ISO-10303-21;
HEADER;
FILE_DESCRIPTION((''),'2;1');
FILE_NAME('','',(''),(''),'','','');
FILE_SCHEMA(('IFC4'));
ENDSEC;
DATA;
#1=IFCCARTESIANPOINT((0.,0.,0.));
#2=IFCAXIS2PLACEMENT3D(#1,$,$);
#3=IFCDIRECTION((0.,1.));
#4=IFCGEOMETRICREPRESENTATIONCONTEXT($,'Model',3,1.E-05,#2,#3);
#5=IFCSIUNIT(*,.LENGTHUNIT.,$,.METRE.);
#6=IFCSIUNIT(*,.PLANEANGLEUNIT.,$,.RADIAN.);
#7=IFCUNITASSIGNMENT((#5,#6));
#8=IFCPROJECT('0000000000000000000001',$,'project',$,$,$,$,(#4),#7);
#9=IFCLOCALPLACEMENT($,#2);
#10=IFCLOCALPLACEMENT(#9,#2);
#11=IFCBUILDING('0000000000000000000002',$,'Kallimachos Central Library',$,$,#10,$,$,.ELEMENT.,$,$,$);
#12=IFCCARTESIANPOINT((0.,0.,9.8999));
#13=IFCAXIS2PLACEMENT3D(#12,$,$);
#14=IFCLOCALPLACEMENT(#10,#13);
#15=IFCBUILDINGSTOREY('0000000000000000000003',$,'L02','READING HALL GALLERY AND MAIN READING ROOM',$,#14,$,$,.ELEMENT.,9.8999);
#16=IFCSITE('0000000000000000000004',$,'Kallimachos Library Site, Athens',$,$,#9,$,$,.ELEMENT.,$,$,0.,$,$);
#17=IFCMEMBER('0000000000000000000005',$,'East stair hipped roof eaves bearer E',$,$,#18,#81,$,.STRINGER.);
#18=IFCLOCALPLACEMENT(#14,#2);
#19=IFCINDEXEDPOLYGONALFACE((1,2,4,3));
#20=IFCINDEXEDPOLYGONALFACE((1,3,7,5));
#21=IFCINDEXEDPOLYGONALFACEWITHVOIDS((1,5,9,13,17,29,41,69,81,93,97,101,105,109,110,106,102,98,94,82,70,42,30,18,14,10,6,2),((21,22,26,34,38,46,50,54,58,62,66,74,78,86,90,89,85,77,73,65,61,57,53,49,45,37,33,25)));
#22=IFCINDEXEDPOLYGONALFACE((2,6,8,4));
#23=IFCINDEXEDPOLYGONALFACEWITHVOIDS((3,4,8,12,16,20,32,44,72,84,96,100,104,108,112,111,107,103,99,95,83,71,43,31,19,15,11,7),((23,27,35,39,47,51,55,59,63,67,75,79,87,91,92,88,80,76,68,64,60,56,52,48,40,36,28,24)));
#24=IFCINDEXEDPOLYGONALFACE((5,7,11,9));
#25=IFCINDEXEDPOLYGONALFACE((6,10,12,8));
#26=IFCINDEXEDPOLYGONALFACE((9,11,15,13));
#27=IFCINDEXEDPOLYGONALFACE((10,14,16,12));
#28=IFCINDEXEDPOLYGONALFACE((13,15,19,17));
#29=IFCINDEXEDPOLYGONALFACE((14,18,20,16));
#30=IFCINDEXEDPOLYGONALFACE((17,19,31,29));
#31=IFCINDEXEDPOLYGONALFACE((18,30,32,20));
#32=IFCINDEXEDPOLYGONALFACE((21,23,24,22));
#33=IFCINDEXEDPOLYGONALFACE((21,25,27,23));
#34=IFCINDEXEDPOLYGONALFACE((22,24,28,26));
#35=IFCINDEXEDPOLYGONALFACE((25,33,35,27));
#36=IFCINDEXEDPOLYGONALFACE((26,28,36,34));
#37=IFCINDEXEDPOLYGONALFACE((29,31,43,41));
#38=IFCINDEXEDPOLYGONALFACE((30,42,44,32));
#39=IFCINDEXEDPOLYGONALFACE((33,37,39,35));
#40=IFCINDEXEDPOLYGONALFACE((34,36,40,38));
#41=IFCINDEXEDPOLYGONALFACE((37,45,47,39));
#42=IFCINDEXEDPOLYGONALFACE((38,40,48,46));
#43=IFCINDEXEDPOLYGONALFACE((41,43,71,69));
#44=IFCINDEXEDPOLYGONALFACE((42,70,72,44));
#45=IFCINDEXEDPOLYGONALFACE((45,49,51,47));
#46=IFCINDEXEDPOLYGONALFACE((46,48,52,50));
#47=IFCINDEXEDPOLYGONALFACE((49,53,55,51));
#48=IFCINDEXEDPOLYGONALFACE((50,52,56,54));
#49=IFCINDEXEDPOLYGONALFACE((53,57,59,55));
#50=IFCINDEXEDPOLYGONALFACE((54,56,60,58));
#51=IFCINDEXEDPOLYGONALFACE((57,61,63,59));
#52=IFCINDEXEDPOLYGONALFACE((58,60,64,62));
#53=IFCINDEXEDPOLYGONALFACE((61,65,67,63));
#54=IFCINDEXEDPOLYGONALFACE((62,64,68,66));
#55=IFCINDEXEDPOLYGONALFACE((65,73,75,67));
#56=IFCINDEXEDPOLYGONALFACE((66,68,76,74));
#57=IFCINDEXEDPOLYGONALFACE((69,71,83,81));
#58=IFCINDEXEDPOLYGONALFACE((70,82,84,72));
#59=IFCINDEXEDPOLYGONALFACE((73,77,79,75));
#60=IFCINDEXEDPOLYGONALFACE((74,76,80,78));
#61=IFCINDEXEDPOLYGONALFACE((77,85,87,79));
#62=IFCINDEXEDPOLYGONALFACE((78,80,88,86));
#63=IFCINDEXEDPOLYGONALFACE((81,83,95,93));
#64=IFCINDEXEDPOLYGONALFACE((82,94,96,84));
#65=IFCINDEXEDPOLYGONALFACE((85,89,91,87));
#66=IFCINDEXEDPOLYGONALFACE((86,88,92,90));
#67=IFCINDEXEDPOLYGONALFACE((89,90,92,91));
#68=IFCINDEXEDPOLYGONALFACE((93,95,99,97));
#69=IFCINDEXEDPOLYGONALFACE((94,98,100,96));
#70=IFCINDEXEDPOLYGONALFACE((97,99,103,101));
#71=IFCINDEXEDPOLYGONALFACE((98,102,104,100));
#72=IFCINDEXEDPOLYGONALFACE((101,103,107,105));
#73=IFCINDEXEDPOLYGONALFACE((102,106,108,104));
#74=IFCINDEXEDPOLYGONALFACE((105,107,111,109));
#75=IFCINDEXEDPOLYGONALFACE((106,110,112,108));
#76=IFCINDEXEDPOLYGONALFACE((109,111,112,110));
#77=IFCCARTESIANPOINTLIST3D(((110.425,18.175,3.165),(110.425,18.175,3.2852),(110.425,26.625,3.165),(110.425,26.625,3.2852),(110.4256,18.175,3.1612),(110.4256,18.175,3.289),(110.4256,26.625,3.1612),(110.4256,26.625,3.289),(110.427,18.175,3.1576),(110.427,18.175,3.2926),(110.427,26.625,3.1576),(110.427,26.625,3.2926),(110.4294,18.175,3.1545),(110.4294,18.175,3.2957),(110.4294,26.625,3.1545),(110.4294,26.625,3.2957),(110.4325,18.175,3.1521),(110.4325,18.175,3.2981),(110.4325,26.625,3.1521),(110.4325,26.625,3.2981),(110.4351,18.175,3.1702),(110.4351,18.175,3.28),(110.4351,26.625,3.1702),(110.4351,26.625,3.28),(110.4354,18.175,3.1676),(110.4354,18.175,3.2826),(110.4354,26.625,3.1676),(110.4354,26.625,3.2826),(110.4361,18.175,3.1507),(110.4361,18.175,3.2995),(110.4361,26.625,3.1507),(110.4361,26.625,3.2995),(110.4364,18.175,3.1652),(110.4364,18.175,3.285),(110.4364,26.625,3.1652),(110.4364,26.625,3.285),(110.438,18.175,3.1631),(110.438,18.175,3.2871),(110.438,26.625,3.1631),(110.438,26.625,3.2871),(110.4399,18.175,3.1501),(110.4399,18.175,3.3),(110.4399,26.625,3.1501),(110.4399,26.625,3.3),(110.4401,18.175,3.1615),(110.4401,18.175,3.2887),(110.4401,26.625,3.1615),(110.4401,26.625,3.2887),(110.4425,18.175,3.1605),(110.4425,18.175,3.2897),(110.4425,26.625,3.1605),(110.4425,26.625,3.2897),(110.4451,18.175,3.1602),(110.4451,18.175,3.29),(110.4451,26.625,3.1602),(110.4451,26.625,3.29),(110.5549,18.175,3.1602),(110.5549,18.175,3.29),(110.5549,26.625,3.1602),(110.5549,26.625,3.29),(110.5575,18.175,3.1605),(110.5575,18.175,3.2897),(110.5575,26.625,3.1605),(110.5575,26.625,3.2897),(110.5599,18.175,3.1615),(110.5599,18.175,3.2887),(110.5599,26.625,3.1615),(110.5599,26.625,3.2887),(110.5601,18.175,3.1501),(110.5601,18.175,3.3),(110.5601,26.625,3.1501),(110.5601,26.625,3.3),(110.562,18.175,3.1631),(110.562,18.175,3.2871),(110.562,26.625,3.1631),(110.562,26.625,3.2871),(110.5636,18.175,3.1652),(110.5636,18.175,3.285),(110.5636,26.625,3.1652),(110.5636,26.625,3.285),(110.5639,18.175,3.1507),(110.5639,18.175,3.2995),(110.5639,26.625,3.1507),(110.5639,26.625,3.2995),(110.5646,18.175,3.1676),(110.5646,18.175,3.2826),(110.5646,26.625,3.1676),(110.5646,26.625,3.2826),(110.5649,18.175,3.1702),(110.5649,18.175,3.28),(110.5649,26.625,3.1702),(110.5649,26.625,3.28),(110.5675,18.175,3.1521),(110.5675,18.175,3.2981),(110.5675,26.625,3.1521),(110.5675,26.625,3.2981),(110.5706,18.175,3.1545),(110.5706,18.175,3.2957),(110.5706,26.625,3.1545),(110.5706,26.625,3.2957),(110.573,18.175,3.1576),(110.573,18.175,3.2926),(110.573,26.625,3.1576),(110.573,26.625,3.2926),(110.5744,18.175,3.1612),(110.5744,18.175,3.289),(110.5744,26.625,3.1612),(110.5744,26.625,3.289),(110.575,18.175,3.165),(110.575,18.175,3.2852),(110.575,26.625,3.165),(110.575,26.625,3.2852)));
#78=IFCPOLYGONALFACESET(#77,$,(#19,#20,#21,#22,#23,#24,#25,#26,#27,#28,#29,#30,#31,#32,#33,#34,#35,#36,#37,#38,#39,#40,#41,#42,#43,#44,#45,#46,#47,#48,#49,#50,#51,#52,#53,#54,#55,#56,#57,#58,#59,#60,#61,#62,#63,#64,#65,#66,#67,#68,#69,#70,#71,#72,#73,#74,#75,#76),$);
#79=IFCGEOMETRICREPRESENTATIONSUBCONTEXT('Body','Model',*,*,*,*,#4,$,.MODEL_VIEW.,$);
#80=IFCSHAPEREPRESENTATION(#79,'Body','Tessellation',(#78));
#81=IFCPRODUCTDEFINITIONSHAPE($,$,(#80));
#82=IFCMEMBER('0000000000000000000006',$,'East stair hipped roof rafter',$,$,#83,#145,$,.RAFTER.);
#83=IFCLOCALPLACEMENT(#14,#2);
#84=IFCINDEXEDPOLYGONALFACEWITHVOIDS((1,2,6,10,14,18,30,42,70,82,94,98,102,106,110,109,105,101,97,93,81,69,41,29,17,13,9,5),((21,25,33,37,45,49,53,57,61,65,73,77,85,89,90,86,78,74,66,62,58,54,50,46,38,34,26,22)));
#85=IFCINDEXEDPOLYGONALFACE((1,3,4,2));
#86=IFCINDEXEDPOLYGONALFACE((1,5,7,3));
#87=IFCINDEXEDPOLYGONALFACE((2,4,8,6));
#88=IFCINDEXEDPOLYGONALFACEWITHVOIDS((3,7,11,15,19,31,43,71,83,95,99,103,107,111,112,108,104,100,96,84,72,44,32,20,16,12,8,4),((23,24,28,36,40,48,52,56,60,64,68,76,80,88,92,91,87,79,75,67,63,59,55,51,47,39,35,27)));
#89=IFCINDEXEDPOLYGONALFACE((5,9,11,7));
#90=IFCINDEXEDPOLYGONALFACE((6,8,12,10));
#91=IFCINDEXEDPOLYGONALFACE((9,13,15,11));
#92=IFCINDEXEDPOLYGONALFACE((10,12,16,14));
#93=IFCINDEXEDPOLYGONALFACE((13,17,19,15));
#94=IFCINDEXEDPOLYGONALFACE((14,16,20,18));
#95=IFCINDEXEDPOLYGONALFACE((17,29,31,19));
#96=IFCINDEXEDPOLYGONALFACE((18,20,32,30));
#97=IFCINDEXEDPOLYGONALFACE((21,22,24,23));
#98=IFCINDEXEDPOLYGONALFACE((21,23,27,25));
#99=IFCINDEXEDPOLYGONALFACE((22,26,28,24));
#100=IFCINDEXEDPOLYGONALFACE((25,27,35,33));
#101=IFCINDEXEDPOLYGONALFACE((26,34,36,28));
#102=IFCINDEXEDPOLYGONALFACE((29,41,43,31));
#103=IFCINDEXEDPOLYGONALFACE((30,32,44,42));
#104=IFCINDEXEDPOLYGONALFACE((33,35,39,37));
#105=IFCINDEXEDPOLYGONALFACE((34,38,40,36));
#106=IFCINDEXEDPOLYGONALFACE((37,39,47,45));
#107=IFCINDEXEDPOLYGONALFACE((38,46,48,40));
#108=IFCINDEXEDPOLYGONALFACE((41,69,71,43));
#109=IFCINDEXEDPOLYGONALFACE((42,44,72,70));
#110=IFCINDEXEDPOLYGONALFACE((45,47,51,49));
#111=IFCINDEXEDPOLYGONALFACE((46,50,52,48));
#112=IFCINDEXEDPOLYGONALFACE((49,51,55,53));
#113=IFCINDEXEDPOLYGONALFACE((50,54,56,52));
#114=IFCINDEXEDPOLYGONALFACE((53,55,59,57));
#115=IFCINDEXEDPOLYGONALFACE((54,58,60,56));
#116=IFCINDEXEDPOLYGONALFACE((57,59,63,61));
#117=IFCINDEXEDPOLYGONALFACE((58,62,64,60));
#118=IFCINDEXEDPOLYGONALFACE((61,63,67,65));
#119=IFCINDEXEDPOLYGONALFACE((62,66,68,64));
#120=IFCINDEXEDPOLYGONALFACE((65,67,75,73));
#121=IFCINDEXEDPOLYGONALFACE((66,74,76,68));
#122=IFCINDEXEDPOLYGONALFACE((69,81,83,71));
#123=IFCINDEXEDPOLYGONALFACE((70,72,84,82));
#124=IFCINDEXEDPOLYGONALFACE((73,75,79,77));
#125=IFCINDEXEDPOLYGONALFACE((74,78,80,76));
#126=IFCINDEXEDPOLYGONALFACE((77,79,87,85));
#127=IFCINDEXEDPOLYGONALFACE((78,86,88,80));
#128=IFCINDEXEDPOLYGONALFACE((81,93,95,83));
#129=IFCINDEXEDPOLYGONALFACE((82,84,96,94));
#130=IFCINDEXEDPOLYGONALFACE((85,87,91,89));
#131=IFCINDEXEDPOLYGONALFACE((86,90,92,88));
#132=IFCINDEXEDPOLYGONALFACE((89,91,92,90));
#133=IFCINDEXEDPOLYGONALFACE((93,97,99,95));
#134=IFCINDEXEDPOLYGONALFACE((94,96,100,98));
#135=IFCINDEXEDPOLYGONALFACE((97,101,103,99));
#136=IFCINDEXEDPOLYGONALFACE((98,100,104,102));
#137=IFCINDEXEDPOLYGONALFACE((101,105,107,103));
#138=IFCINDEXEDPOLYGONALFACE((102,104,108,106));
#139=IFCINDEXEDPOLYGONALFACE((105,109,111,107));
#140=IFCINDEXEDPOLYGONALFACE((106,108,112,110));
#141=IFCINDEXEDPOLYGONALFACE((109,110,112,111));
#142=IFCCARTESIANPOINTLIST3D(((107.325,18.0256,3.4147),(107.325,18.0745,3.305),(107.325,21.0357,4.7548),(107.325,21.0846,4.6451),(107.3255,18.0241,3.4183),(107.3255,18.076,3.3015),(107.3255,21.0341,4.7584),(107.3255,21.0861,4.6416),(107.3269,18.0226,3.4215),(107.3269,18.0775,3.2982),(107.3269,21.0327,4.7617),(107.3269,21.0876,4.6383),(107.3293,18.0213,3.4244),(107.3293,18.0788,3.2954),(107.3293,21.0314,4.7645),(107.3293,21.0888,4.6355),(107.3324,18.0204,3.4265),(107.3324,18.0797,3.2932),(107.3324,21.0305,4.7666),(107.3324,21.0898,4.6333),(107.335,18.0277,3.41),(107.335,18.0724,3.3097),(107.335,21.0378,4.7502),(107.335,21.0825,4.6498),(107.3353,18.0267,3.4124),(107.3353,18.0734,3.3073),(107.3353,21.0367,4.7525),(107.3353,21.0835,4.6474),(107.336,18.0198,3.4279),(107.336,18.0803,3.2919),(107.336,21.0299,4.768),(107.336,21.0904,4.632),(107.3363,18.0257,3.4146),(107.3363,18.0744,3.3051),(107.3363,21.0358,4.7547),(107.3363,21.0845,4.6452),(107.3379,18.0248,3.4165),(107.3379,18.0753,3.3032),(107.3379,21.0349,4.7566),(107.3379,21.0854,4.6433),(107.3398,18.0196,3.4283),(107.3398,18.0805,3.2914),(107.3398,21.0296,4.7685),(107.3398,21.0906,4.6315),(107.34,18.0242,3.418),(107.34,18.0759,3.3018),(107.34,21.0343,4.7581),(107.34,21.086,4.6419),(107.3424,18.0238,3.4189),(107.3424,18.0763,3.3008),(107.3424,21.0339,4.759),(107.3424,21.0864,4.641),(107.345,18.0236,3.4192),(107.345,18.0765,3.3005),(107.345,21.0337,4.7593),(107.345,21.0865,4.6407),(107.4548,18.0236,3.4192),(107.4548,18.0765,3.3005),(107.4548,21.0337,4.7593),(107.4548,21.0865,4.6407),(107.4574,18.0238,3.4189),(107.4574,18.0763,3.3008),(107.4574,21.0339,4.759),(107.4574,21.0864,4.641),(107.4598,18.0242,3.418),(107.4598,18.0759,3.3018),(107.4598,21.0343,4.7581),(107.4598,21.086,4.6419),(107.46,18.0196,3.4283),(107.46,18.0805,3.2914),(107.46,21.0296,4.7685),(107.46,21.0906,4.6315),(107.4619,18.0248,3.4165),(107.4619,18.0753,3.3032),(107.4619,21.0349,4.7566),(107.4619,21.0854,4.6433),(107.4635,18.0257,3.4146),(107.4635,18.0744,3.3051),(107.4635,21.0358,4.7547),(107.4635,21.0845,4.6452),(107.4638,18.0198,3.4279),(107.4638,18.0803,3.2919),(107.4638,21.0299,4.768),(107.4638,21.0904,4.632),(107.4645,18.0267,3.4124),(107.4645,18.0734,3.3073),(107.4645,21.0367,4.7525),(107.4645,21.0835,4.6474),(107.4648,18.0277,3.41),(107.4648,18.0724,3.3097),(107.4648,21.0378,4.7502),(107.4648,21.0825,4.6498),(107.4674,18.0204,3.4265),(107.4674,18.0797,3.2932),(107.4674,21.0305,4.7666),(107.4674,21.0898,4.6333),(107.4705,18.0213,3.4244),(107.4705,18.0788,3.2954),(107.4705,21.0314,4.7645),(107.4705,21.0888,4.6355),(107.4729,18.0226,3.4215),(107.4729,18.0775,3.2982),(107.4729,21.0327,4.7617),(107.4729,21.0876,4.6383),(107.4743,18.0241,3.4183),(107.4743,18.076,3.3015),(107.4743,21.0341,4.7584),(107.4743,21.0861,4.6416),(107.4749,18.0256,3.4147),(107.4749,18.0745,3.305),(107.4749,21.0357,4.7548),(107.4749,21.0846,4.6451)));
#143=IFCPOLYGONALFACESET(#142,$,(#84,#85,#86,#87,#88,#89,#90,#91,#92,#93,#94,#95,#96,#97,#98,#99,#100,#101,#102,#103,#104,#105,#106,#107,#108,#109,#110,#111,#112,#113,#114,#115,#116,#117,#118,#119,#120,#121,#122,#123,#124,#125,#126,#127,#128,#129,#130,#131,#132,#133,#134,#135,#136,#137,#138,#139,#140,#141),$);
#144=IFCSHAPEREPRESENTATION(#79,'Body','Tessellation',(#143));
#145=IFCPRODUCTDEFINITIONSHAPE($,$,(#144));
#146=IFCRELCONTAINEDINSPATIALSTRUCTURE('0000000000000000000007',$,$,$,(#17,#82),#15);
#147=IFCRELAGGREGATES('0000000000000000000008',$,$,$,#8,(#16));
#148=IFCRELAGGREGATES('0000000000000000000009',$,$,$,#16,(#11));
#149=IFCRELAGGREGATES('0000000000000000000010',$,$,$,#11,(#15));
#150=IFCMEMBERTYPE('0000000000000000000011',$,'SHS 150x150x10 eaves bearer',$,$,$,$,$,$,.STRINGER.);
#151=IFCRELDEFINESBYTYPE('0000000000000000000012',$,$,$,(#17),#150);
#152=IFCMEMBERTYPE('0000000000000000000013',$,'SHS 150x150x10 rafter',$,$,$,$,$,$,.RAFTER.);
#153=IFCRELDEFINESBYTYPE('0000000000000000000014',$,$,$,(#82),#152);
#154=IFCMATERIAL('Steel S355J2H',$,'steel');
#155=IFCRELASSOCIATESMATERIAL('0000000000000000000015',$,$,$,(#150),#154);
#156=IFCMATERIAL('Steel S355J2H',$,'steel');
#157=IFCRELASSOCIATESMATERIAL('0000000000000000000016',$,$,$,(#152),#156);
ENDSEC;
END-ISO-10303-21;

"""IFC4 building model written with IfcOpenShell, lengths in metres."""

from ifc_helpers import new_model, si_unit, direction, frame, origin, origin_2d, place, context, subcontext, project, spatial, hollow_rectangle, extrude, material, material_profile, profile_set, type_object, element, save


model = new_model("IFC4")

# Units and contexts
model_context = context("Model", 3, precision=1e-05, world=origin(), true_north=direction((0.0, 1.0)))
body_context = subcontext(model_context, "Body", "Model", "MODEL_VIEW")
ifc_project = project(units=[si_unit("LENGTHUNIT", "METRE"), si_unit("PLANEANGLEUNIT", "RADIAN")], contexts=[model_context])

# Site, building, storey
site_placement = place(None, origin())
site = spatial("IfcSite", under=ifc_project, at=site_placement, Name="Kallimachos Library Site, Athens", CompositionType="ELEMENT", RefElevation=0.0)
building_placement = place(site_placement, origin())
building = spatial("IfcBuilding", under=site, at=building_placement, Name="Kallimachos Central Library", CompositionType="ELEMENT")
storey_placement = place(building_placement, frame((0.0, 0.0, 9.8999)))
storey = spatial("IfcBuildingStorey", under=building, at=storey_placement, Name="L02", Description="READING HALL GALLERY AND MAIN READING ROOM", CompositionType="ELEMENT", Elevation=9.8999)

# Members
ifc_material_1 = material(Name="Steel S355J2H", Category="steel")
ifc_material_profile_1 = material_profile(ifc_material_1, hollow_rectangle(XDim=0.1499, YDim=0.1499, WallThickness=0.01, InnerFilletRadius=0.01, OuterFilletRadius=0.0149, at=origin_2d()), Name="SHS 150x150x10")
ifc_profile_set_1 = profile_set([ifc_material_profile_1], Name="Steel S355J2H")
member_type_1 = type_object("IfcMemberType", Name="SHS 150x150x10 eaves bearer", PredefinedType="STRINGER", material=ifc_profile_set_1)
member_1_placement = place(storey_placement, frame((110.5, 18.175, 3.2251), z_axis=(0.0, 1.0, 0.0), x_axis=(-1.0, 0.0, 0.0)))
element("IfcMember", 1, at=member_1_placement, inside=storey, type_object=member_type_1, Name="East stair hipped roof eaves bearer E", PredefinedType="STRINGER", context=body_context, shape_type="SweptSolid", body=[
    extrude(hollow_rectangle(XDim=0.1499, YDim=0.1499, WallThickness=0.01, InnerFilletRadius=0.01, OuterFilletRadius=0.0149, at=origin_2d()), origin(), (0.0, 0.0, 1.0), 8.45),
])
ifc_material_2 = material(Name="Steel S355J2H", Category="steel")
ifc_material_profile_2 = material_profile(ifc_material_2, hollow_rectangle(XDim=0.1499, YDim=0.1499, WallThickness=0.01, InnerFilletRadius=0.01, OuterFilletRadius=0.0149, at=origin_2d()), Name="SHS 150x150x10")
ifc_profile_set_2 = profile_set([ifc_material_profile_2], Name="Steel S355J2H")
member_type_2 = type_object("IfcMemberType", Name="SHS 150x150x10 rafter", PredefinedType="RAFTER", material=ifc_profile_set_2)
member_2_placement = place(storey_placement, frame((107.3999, 18.05, 3.3599), z_axis=(0.0, 0.913552, 0.406723), x_axis=(-1.0, 0.0, 0.0)))
element("IfcMember", 2, at=member_2_placement, inside=storey, type_object=member_type_2, Name="East stair hipped roof rafter", PredefinedType="RAFTER", context=body_context, shape_type="SweptSolid", body=[
    extrude(hollow_rectangle(XDim=0.1499, YDim=0.1499, WallThickness=0.01, InnerFilletRadius=0.01, OuterFilletRadius=0.0149, at=origin_2d()), origin(), (0.0, 0.0, 1.0), 3.2949),
])

save(model, "model.ifc")
